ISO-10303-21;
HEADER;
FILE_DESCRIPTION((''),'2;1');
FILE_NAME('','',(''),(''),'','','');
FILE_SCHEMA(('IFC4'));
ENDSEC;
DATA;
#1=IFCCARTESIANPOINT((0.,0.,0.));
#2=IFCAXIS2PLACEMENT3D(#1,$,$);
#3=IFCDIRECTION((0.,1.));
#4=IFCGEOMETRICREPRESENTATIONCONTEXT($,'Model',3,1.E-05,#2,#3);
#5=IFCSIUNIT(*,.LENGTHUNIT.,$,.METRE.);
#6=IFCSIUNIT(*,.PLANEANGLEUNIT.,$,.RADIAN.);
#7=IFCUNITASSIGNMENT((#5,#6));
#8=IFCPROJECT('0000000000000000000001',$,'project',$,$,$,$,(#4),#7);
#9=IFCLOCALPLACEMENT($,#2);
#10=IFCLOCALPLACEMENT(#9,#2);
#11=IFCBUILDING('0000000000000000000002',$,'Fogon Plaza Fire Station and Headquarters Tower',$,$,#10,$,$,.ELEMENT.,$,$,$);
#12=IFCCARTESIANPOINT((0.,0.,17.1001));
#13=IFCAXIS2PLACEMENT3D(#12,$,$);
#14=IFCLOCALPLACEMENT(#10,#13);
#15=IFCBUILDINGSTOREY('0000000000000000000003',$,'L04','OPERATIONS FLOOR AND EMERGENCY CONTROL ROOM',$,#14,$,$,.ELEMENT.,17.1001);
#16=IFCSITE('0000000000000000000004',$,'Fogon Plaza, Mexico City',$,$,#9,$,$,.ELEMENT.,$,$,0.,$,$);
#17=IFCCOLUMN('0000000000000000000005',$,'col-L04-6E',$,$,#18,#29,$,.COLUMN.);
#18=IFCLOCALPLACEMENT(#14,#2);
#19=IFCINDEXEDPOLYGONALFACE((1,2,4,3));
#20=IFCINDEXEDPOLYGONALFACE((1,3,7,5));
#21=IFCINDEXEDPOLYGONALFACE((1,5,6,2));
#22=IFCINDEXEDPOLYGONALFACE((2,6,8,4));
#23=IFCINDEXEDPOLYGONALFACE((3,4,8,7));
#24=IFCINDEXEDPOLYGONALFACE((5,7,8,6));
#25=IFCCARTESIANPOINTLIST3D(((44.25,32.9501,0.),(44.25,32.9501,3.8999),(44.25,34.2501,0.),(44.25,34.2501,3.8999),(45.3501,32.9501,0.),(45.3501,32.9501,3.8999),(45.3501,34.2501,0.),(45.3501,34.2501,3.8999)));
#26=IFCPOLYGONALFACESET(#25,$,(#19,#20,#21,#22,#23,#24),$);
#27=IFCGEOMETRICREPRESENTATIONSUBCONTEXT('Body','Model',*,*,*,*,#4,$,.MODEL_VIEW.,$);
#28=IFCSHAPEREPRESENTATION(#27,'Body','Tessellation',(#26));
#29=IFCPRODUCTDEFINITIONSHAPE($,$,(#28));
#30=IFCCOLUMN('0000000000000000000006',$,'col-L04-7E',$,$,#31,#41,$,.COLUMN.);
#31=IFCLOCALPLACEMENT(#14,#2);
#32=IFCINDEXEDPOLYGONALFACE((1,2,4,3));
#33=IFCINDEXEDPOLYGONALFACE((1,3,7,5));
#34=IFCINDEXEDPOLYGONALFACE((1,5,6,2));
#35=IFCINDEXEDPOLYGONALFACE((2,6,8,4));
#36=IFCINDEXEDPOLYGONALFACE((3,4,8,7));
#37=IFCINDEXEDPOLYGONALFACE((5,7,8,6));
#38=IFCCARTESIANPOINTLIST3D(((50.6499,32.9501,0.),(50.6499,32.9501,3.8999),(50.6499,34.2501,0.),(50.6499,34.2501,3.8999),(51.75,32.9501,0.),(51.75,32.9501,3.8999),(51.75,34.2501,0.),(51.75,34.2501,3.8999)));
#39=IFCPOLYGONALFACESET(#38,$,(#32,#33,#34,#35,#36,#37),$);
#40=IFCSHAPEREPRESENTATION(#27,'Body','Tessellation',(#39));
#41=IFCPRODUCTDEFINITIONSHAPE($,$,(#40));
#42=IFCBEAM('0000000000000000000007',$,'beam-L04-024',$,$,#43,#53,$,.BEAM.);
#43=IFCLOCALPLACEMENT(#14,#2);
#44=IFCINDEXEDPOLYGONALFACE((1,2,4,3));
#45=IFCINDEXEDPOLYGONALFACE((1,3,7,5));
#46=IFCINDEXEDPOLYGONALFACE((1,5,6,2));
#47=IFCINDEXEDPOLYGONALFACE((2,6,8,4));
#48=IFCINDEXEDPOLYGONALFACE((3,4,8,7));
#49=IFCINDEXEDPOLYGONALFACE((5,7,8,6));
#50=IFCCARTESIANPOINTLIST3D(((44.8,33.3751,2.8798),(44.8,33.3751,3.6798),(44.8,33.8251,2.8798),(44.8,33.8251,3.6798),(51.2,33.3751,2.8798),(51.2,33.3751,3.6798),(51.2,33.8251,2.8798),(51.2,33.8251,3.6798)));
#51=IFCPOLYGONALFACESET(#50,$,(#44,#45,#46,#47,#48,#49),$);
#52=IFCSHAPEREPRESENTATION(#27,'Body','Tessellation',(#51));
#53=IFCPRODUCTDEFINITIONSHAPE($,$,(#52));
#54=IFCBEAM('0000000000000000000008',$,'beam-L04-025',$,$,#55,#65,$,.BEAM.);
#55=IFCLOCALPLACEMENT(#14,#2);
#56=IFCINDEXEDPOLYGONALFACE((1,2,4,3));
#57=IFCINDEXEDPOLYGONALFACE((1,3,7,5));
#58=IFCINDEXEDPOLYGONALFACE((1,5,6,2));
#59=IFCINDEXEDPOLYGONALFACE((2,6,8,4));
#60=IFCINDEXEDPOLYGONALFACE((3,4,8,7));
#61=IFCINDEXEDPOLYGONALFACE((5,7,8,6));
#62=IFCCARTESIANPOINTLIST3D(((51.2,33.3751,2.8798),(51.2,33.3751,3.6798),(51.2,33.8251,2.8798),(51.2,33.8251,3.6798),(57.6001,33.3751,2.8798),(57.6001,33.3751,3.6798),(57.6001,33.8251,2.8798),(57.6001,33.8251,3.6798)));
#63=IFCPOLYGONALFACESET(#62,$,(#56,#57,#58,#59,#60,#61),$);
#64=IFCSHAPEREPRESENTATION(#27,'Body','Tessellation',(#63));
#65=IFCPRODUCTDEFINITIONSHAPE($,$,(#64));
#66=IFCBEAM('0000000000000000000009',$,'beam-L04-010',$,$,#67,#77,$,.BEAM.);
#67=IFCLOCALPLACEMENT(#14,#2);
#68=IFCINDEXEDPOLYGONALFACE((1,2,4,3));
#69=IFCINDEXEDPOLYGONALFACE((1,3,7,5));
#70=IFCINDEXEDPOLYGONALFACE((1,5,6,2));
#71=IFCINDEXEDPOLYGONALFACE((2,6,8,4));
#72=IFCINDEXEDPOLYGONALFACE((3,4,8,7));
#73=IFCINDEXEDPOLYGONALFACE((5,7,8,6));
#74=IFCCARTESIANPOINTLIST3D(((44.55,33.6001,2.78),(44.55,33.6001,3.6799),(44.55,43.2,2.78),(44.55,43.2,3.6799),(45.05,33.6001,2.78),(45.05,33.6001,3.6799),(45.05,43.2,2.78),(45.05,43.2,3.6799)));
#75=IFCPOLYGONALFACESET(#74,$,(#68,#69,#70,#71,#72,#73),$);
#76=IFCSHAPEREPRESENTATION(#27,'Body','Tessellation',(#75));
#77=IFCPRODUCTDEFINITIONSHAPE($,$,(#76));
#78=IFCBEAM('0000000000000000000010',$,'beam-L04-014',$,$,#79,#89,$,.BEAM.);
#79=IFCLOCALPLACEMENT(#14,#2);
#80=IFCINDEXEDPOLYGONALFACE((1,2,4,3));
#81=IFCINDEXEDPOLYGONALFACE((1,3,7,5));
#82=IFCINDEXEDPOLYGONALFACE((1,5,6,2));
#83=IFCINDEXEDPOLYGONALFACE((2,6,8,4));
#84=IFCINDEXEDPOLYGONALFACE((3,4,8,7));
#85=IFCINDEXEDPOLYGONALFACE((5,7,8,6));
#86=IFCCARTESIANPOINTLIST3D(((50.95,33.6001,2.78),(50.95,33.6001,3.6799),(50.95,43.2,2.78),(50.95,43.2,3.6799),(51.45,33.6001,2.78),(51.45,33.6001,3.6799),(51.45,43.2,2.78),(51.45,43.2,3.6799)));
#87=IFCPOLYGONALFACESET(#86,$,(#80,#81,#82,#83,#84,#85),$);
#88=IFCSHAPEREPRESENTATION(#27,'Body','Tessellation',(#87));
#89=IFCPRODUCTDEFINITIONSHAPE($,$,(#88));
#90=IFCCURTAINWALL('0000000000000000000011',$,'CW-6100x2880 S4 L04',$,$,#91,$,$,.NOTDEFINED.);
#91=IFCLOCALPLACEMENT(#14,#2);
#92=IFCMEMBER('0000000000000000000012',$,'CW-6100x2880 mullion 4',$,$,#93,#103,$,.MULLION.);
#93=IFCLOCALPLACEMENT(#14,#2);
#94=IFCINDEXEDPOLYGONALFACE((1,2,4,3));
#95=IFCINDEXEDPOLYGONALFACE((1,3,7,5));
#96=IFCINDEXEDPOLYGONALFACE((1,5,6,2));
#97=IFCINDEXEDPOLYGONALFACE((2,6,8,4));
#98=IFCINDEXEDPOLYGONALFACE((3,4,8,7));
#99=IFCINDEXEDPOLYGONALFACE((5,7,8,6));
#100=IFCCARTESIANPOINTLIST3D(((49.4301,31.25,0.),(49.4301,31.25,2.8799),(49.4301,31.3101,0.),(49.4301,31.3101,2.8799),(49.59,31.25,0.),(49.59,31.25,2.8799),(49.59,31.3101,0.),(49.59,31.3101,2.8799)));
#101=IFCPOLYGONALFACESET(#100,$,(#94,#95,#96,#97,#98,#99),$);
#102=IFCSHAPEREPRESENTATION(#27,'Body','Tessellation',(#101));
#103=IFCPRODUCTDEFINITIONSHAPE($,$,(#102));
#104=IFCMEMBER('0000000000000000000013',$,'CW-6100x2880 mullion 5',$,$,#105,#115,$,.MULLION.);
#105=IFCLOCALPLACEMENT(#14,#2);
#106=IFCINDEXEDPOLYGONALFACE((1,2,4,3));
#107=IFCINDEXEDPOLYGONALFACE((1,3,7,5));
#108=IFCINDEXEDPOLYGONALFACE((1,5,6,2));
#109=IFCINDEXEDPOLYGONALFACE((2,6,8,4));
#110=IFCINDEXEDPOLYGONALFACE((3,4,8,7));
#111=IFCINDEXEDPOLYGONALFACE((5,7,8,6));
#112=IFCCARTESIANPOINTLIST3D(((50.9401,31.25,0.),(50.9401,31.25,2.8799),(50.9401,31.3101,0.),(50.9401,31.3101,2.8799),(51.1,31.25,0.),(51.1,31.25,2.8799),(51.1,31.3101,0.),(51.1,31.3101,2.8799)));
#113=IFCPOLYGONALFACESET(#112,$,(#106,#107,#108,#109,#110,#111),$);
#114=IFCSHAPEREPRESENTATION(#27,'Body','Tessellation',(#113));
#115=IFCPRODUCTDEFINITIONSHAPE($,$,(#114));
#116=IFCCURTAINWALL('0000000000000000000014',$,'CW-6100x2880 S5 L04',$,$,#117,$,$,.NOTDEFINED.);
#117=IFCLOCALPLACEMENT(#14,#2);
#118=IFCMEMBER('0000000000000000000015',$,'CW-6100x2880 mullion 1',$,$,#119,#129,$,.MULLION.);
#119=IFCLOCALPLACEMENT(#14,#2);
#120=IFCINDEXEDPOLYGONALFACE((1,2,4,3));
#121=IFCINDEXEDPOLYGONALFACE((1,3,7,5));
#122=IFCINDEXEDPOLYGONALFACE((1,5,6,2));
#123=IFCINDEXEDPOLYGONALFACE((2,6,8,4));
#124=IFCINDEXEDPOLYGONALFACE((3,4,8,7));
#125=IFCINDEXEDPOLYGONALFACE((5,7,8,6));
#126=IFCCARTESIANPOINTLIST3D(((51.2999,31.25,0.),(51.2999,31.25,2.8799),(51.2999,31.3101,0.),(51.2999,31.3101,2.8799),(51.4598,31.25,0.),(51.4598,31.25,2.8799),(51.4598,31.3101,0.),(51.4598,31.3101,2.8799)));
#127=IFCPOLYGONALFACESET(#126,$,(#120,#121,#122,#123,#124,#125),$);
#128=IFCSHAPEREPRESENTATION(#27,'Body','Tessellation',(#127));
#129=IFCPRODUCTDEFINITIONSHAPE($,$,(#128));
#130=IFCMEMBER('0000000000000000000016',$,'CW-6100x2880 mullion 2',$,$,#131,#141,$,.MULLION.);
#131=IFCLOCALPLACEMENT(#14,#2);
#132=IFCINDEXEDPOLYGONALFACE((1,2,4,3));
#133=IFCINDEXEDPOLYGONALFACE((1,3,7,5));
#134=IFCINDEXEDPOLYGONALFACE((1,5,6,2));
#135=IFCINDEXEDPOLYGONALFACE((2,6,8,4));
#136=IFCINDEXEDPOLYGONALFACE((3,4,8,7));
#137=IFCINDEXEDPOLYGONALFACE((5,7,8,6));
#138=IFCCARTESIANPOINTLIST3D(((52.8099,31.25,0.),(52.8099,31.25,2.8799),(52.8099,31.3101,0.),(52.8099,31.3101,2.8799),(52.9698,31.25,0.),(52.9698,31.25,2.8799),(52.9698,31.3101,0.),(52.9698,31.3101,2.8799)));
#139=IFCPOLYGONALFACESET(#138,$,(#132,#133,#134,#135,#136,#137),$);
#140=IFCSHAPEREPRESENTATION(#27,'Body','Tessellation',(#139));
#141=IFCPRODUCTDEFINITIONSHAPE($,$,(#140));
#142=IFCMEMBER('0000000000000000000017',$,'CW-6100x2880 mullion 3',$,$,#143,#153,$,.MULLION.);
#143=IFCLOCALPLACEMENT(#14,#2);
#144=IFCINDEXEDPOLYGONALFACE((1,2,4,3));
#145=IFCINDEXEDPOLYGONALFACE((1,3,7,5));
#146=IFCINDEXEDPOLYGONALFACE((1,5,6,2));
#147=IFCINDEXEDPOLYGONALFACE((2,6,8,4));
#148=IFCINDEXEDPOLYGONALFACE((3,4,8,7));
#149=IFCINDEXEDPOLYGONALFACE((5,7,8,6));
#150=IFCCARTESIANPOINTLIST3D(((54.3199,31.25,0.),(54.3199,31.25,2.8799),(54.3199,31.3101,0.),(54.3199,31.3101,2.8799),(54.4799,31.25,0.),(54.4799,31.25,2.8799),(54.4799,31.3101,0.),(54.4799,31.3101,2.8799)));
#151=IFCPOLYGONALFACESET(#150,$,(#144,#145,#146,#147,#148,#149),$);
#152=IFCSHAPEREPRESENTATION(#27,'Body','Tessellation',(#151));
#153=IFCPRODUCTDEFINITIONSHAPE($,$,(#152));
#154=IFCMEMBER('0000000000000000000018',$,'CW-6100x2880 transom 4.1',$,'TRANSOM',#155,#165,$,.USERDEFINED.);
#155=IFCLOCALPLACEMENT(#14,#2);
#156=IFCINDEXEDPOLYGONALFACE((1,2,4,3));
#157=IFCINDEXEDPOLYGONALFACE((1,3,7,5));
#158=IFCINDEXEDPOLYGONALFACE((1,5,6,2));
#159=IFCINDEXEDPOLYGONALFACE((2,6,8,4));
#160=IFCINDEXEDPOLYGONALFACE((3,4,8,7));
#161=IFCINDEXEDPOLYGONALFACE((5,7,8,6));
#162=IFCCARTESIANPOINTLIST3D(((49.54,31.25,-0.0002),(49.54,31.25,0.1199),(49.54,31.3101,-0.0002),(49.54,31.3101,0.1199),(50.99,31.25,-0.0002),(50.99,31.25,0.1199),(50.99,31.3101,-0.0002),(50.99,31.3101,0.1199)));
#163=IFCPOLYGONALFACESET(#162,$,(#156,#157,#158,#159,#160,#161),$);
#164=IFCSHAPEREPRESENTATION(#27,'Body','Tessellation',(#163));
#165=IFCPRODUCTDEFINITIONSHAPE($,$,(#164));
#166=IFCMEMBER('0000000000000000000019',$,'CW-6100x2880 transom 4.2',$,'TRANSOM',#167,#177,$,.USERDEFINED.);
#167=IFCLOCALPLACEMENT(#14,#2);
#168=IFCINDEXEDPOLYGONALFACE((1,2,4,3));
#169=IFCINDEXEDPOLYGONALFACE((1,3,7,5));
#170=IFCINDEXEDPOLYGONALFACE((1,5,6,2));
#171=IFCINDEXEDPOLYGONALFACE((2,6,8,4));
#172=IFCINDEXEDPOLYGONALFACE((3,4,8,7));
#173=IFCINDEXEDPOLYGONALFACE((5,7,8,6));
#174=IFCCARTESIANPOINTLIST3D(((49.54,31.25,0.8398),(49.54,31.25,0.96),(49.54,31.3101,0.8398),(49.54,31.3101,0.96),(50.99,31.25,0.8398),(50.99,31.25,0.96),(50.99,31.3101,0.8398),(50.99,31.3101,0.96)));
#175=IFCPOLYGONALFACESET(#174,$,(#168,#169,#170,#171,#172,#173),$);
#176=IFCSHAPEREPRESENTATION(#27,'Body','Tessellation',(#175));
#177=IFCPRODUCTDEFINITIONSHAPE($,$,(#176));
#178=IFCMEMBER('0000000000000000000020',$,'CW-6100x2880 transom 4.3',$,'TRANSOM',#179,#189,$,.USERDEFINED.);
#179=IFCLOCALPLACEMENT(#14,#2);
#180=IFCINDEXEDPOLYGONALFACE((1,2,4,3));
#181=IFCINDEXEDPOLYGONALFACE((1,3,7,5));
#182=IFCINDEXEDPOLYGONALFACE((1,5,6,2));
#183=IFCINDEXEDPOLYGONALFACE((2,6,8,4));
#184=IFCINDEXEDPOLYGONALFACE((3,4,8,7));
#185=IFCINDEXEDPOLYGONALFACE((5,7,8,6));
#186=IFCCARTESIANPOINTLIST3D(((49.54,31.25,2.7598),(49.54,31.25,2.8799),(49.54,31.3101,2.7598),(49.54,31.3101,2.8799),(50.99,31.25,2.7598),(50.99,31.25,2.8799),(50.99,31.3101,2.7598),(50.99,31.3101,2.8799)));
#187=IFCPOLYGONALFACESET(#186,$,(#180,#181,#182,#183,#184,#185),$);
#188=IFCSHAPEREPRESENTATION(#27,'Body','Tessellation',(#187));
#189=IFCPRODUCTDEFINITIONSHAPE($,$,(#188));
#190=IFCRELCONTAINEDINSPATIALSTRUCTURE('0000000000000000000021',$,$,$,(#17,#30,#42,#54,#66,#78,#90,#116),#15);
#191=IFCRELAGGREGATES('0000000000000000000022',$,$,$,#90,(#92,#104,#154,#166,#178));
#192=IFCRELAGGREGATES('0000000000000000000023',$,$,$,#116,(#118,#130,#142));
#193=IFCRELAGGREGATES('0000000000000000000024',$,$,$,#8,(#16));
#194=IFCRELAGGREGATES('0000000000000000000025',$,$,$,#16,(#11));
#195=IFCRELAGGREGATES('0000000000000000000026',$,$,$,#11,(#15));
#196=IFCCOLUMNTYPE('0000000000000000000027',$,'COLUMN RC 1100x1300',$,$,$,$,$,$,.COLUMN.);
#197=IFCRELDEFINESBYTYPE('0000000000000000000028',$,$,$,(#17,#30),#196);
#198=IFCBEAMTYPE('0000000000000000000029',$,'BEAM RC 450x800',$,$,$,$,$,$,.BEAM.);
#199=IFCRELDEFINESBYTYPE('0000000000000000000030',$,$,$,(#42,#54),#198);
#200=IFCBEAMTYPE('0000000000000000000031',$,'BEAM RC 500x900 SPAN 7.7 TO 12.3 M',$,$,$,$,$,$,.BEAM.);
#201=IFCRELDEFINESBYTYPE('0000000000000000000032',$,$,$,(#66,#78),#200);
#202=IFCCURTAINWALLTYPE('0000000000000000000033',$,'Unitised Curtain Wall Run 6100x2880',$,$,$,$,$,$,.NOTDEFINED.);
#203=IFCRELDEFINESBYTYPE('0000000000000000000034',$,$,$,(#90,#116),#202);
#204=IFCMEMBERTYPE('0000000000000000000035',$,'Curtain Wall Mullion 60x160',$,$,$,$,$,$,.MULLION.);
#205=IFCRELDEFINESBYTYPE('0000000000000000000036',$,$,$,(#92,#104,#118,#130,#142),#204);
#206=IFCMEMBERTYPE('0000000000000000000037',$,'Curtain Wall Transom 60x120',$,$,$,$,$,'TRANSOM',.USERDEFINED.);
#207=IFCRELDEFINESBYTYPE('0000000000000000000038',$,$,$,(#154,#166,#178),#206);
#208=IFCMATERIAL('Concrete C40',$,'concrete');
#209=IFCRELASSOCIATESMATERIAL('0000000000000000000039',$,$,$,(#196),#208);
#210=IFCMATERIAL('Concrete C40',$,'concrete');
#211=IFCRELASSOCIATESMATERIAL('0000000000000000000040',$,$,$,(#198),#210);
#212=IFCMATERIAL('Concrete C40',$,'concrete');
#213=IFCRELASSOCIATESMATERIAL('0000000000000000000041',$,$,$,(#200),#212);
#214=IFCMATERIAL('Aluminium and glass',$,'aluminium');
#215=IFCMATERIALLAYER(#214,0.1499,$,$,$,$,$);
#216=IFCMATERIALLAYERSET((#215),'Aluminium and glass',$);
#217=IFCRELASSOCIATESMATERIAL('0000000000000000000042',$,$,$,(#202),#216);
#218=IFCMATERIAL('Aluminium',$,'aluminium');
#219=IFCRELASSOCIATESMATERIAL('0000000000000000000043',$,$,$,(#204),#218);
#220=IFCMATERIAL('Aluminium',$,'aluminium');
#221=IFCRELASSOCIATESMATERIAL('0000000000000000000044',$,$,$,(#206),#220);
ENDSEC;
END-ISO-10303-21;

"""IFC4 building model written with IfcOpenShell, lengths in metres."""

from ifc_helpers import new_model, si_unit, direction, frame, origin, origin_2d, place, context, subcontext, project, spatial, rectangle, extrude, material, layer, layer_set, material_profile, profile_set, type_object, element, aggregate, save


model = new_model("IFC4")

# Units and contexts
model_context = context("Model", 3, precision=1e-05, world=origin(), true_north=direction((0.0, 1.0)))
body_context = subcontext(model_context, "Body", "Model", "MODEL_VIEW")
ifc_project = project(units=[si_unit("LENGTHUNIT", "METRE"), si_unit("PLANEANGLEUNIT", "RADIAN")], contexts=[model_context])

# Site, building, storey
site_placement = place(None, origin())
site = spatial("IfcSite", under=ifc_project, at=site_placement, Name="Fogon Plaza, Mexico City", CompositionType="ELEMENT", RefElevation=0.0)
building_placement = place(site_placement, origin())
building = spatial("IfcBuilding", under=site, at=building_placement, Name="Fogon Plaza Fire Station and Headquarters Tower", CompositionType="ELEMENT")
storey_placement = place(building_placement, frame((0.0, 0.0, 17.1001)))
storey = spatial("IfcBuildingStorey", under=building, at=storey_placement, Name="L04", Description="OPERATIONS FLOOR AND EMERGENCY CONTROL ROOM", CompositionType="ELEMENT", Elevation=17.1001)

# Columns
ifc_material_1 = material(Name="Concrete C40", Category="concrete")
ifc_material_profile_1 = material_profile(ifc_material_1, rectangle(XDim=1.1001, YDim=1.3, at=origin_2d()), Name="RC 1100x1300")
ifc_profile_set_1 = profile_set([ifc_material_profile_1], Name="Concrete C40")
column_type = type_object("IfcColumnType", Name="COLUMN RC 1100x1300", PredefinedType="COLUMN", material=ifc_profile_set_1)
for number, where, z_axis, x_axis, name in (
    (1, (44.8, 33.6001, 0.0), (0.0, 0.0, 1.0), (1.0, 0.0, 0.0), "col-L04-6E"),
    (2, (51.2, 33.6001, 0.0), (0.0, 0.0, 1.0), (1.0, 0.0, 0.0), "col-L04-7E"),
):
    element("IfcColumn", number, at=place(storey_placement, frame(where, z_axis=z_axis, x_axis=x_axis)), inside=storey, type_object=column_type, Name=name, PredefinedType="COLUMN", context=body_context, shape_type="SweptSolid", body=[
        extrude(rectangle(XDim=1.1001, YDim=1.3, at=origin_2d()), origin(), (0.0, 0.0, 1.0), 3.8999),
    ])

# Beams
ifc_material_2 = material(Name="Concrete C40", Category="concrete")
ifc_material_profile_2 = material_profile(ifc_material_2, rectangle(XDim=0.45, YDim=0.8, at=origin_2d()), Name="RC 450x800")
ifc_profile_set_2 = profile_set([ifc_material_profile_2], Name="Concrete C40")
beam_type_1 = type_object("IfcBeamType", Name="BEAM RC 450x800", PredefinedType="BEAM", material=ifc_profile_set_2)
beam_1_placement = place(storey_placement, frame((44.8, 33.6001, 3.2798), z_axis=(1.0, 0.0, 0.0), x_axis=(0.0, 1.0, 0.0)))
element("IfcBeam", 3, at=beam_1_placement, inside=storey, type_object=beam_type_1, Name="beam-L04-024", PredefinedType="BEAM", context=body_context, shape_type="SweptSolid", body=[
    extrude(rectangle(XDim=0.45, YDim=0.8, at=origin_2d()), origin(), (0.0, 0.0, 1.0), 6.3999),
])
beam_2_placement = place(storey_placement, frame((51.2, 33.6001, 3.2798), z_axis=(1.0, 0.0, 0.0), x_axis=(0.0, 1.0, 0.0)))
element("IfcBeam", 4, at=beam_2_placement, inside=storey, type_object=beam_type_1, Name="beam-L04-025", PredefinedType="BEAM", context=body_context, shape_type="SweptSolid", body=[
    extrude(rectangle(XDim=0.45, YDim=0.8, at=origin_2d()), origin(), (0.0, 0.0, 1.0), 6.4001),
])
ifc_material_3 = material(Name="Concrete C40", Category="concrete")
ifc_material_profile_3 = material_profile(ifc_material_3, rectangle(XDim=0.5, YDim=0.8999, at=origin_2d()), Name="RC 500x900")
ifc_profile_set_3 = profile_set([ifc_material_profile_3], Name="Concrete C40")
beam_type_2 = type_object("IfcBeamType", Name="BEAM RC 500x900 SPAN 7.7 TO 12.3 M", PredefinedType="BEAM", material=ifc_profile_set_3)
for number, where, z_axis, x_axis, name in (
    (5, (44.8, 33.6001, 3.23), (0.0, 1.0, 0.0), (-1.0, 0.0, 0.0), "beam-L04-010"),
    (6, (51.2, 33.6001, 3.23), (0.0, 1.0, 0.0), (-1.0, 0.0, 0.0), "beam-L04-014"),
):
    element("IfcBeam", number, at=place(storey_placement, frame(where, z_axis=z_axis, x_axis=x_axis)), inside=storey, type_object=beam_type_2, Name=name, PredefinedType="BEAM", context=body_context, shape_type="SweptSolid", body=[
        extrude(rectangle(XDim=0.5, YDim=0.8999, at=origin_2d()), origin(), (0.0, 0.0, 1.0), 9.5999),
    ])

# Curtain walls, members
ifc_material_4 = material(Name="Aluminium and glass", Category="aluminium")
ifc_layer_1 = layer(ifc_material_4, 0.1499)
ifc_layer_set_1 = layer_set([ifc_layer_1], Name="Aluminium and glass")
curtain_wall_type = type_object("IfcCurtainWallType", Name="Unitised Curtain Wall Run 6100x2880", PredefinedType="NOTDEFINED", material=ifc_layer_set_1)
curtain_wall_1_placement = place(storey_placement, origin())
curtain_wall_1 = element("IfcCurtainWall", 7, at=curtain_wall_1_placement, inside=storey, type_object=curtain_wall_type, Name="CW-6100x2880 S4 L04", PredefinedType="NOTDEFINED")
ifc_material_5 = material(Name="Aluminium", Category="aluminium")
ifc_material_profile_4 = material_profile(ifc_material_5, rectangle(XDim=0.0601, YDim=0.1599, at=origin_2d()), Name="Curtain Wall Mullion 60x160")
ifc_profile_set_4 = profile_set([ifc_material_profile_4], Name="Aluminium")
member_type_1 = type_object("IfcMemberType", Name="Curtain Wall Mullion 60x160", PredefinedType="MULLION", material=ifc_profile_set_4)
member_1_placement = place(storey_placement, frame((49.51, 31.28, 0.0), z_axis=(0.0, 0.0, 1.0), x_axis=(0.0, 1.0, 0.0)))
member_1 = element("IfcMember", 8, at=member_1_placement, type_object=member_type_1, Name="CW-6100x2880 mullion 4", PredefinedType="MULLION", context=body_context, shape_type="SweptSolid", body=[
    extrude(rectangle(XDim=0.0601, YDim=0.1599, at=origin_2d()), origin(), (0.0, 0.0, 1.0), 2.8799),
])
member_2_placement = place(storey_placement, frame((51.02, 31.28, 0.0), z_axis=(0.0, 0.0, 1.0), x_axis=(0.0, 1.0, 0.0)))
member_2 = element("IfcMember", 9, at=member_2_placement, type_object=member_type_1, Name="CW-6100x2880 mullion 5", PredefinedType="MULLION", context=body_context, shape_type="SweptSolid", body=[
    extrude(rectangle(XDim=0.0601, YDim=0.1599, at=origin_2d()), origin(), (0.0, 0.0, 1.0), 2.8799),
])
curtain_wall_2_placement = place(storey_placement, origin())
curtain_wall_2 = element("IfcCurtainWall", 10, at=curtain_wall_2_placement, inside=storey, type_object=curtain_wall_type, Name="CW-6100x2880 S5 L04", PredefinedType="NOTDEFINED")
member_3_placement = place(storey_placement, frame((51.3799, 31.28, 0.0), z_axis=(0.0, 0.0, 1.0), x_axis=(0.0, 1.0, 0.0)))
member_3 = element("IfcMember", 11, at=member_3_placement, type_object=member_type_1, Name="CW-6100x2880 mullion 1", PredefinedType="MULLION", context=body_context, shape_type="SweptSolid", body=[
    extrude(rectangle(XDim=0.0601, YDim=0.1599, at=origin_2d()), origin(), (0.0, 0.0, 1.0), 2.8799),
])
member_4_placement = place(storey_placement, frame((52.8899, 31.28, 0.0), z_axis=(0.0, 0.0, 1.0), x_axis=(0.0, 1.0, 0.0)))
member_4 = element("IfcMember", 12, at=member_4_placement, type_object=member_type_1, Name="CW-6100x2880 mullion 2", PredefinedType="MULLION", context=body_context, shape_type="SweptSolid", body=[
    extrude(rectangle(XDim=0.0601, YDim=0.1599, at=origin_2d()), origin(), (0.0, 0.0, 1.0), 2.8799),
])
member_5_placement = place(storey_placement, frame((54.3999, 31.28, 0.0), z_axis=(0.0, 0.0, 1.0), x_axis=(0.0, 1.0, 0.0)))
member_5 = element("IfcMember", 13, at=member_5_placement, type_object=member_type_1, Name="CW-6100x2880 mullion 3", PredefinedType="MULLION", context=body_context, shape_type="SweptSolid", body=[
    extrude(rectangle(XDim=0.0601, YDim=0.1599, at=origin_2d()), origin(), (0.0, 0.0, 1.0), 2.8799),
])

# Members
ifc_material_6 = material(Name="Aluminium", Category="aluminium")
ifc_material_profile_5 = material_profile(ifc_material_6, rectangle(XDim=0.0601, YDim=0.1201, at=origin_2d()), Name="Curtain Wall Transom 60x120")
ifc_profile_set_5 = profile_set([ifc_material_profile_5], Name="Aluminium")
member_type_2 = type_object("IfcMemberType", Name="Curtain Wall Transom 60x120", ElementType="TRANSOM", PredefinedType="USERDEFINED", material=ifc_profile_set_5)
member_6_placement = place(storey_placement, frame((49.54, 31.28, 0.0598), z_axis=(1.0, 0.0, 0.0), x_axis=(0.0, 1.0, 0.0)))
member_6 = element("IfcMember", 14, at=member_6_placement, type_object=member_type_2, Name="CW-6100x2880 transom 4.1", ObjectType="TRANSOM", PredefinedType="USERDEFINED", context=body_context, shape_type="SweptSolid", body=[
    extrude(rectangle(XDim=0.0601, YDim=0.1201, at=origin_2d()), origin(), (0.0, 0.0, 1.0), 1.45),
])
member_7_placement = place(storey_placement, frame((49.54, 31.28, 0.8999), z_axis=(1.0, 0.0, 0.0), x_axis=(0.0, 1.0, 0.0)))
member_7 = element("IfcMember", 15, at=member_7_placement, type_object=member_type_2, Name="CW-6100x2880 transom 4.2", ObjectType="TRANSOM", PredefinedType="USERDEFINED", context=body_context, shape_type="SweptSolid", body=[
    extrude(rectangle(XDim=0.0601, YDim=0.1201, at=origin_2d()), origin(), (0.0, 0.0, 1.0), 1.45),
])
member_8_placement = place(storey_placement, frame((49.54, 31.28, 2.8198), z_axis=(1.0, 0.0, 0.0), x_axis=(0.0, 1.0, 0.0)))
member_8 = element("IfcMember", 16, at=member_8_placement, type_object=member_type_2, Name="CW-6100x2880 transom 4.3", ObjectType="TRANSOM", PredefinedType="USERDEFINED", context=body_context, shape_type="SweptSolid", body=[
    extrude(rectangle(XDim=0.0601, YDim=0.1201, at=origin_2d()), origin(), (0.0, 0.0, 1.0), 1.45),
])

aggregate(curtain_wall_1, [member_1, member_2, member_6, member_7, member_8])
aggregate(curtain_wall_2, [member_3, member_4, member_5])

save(model, "model.ifc")
